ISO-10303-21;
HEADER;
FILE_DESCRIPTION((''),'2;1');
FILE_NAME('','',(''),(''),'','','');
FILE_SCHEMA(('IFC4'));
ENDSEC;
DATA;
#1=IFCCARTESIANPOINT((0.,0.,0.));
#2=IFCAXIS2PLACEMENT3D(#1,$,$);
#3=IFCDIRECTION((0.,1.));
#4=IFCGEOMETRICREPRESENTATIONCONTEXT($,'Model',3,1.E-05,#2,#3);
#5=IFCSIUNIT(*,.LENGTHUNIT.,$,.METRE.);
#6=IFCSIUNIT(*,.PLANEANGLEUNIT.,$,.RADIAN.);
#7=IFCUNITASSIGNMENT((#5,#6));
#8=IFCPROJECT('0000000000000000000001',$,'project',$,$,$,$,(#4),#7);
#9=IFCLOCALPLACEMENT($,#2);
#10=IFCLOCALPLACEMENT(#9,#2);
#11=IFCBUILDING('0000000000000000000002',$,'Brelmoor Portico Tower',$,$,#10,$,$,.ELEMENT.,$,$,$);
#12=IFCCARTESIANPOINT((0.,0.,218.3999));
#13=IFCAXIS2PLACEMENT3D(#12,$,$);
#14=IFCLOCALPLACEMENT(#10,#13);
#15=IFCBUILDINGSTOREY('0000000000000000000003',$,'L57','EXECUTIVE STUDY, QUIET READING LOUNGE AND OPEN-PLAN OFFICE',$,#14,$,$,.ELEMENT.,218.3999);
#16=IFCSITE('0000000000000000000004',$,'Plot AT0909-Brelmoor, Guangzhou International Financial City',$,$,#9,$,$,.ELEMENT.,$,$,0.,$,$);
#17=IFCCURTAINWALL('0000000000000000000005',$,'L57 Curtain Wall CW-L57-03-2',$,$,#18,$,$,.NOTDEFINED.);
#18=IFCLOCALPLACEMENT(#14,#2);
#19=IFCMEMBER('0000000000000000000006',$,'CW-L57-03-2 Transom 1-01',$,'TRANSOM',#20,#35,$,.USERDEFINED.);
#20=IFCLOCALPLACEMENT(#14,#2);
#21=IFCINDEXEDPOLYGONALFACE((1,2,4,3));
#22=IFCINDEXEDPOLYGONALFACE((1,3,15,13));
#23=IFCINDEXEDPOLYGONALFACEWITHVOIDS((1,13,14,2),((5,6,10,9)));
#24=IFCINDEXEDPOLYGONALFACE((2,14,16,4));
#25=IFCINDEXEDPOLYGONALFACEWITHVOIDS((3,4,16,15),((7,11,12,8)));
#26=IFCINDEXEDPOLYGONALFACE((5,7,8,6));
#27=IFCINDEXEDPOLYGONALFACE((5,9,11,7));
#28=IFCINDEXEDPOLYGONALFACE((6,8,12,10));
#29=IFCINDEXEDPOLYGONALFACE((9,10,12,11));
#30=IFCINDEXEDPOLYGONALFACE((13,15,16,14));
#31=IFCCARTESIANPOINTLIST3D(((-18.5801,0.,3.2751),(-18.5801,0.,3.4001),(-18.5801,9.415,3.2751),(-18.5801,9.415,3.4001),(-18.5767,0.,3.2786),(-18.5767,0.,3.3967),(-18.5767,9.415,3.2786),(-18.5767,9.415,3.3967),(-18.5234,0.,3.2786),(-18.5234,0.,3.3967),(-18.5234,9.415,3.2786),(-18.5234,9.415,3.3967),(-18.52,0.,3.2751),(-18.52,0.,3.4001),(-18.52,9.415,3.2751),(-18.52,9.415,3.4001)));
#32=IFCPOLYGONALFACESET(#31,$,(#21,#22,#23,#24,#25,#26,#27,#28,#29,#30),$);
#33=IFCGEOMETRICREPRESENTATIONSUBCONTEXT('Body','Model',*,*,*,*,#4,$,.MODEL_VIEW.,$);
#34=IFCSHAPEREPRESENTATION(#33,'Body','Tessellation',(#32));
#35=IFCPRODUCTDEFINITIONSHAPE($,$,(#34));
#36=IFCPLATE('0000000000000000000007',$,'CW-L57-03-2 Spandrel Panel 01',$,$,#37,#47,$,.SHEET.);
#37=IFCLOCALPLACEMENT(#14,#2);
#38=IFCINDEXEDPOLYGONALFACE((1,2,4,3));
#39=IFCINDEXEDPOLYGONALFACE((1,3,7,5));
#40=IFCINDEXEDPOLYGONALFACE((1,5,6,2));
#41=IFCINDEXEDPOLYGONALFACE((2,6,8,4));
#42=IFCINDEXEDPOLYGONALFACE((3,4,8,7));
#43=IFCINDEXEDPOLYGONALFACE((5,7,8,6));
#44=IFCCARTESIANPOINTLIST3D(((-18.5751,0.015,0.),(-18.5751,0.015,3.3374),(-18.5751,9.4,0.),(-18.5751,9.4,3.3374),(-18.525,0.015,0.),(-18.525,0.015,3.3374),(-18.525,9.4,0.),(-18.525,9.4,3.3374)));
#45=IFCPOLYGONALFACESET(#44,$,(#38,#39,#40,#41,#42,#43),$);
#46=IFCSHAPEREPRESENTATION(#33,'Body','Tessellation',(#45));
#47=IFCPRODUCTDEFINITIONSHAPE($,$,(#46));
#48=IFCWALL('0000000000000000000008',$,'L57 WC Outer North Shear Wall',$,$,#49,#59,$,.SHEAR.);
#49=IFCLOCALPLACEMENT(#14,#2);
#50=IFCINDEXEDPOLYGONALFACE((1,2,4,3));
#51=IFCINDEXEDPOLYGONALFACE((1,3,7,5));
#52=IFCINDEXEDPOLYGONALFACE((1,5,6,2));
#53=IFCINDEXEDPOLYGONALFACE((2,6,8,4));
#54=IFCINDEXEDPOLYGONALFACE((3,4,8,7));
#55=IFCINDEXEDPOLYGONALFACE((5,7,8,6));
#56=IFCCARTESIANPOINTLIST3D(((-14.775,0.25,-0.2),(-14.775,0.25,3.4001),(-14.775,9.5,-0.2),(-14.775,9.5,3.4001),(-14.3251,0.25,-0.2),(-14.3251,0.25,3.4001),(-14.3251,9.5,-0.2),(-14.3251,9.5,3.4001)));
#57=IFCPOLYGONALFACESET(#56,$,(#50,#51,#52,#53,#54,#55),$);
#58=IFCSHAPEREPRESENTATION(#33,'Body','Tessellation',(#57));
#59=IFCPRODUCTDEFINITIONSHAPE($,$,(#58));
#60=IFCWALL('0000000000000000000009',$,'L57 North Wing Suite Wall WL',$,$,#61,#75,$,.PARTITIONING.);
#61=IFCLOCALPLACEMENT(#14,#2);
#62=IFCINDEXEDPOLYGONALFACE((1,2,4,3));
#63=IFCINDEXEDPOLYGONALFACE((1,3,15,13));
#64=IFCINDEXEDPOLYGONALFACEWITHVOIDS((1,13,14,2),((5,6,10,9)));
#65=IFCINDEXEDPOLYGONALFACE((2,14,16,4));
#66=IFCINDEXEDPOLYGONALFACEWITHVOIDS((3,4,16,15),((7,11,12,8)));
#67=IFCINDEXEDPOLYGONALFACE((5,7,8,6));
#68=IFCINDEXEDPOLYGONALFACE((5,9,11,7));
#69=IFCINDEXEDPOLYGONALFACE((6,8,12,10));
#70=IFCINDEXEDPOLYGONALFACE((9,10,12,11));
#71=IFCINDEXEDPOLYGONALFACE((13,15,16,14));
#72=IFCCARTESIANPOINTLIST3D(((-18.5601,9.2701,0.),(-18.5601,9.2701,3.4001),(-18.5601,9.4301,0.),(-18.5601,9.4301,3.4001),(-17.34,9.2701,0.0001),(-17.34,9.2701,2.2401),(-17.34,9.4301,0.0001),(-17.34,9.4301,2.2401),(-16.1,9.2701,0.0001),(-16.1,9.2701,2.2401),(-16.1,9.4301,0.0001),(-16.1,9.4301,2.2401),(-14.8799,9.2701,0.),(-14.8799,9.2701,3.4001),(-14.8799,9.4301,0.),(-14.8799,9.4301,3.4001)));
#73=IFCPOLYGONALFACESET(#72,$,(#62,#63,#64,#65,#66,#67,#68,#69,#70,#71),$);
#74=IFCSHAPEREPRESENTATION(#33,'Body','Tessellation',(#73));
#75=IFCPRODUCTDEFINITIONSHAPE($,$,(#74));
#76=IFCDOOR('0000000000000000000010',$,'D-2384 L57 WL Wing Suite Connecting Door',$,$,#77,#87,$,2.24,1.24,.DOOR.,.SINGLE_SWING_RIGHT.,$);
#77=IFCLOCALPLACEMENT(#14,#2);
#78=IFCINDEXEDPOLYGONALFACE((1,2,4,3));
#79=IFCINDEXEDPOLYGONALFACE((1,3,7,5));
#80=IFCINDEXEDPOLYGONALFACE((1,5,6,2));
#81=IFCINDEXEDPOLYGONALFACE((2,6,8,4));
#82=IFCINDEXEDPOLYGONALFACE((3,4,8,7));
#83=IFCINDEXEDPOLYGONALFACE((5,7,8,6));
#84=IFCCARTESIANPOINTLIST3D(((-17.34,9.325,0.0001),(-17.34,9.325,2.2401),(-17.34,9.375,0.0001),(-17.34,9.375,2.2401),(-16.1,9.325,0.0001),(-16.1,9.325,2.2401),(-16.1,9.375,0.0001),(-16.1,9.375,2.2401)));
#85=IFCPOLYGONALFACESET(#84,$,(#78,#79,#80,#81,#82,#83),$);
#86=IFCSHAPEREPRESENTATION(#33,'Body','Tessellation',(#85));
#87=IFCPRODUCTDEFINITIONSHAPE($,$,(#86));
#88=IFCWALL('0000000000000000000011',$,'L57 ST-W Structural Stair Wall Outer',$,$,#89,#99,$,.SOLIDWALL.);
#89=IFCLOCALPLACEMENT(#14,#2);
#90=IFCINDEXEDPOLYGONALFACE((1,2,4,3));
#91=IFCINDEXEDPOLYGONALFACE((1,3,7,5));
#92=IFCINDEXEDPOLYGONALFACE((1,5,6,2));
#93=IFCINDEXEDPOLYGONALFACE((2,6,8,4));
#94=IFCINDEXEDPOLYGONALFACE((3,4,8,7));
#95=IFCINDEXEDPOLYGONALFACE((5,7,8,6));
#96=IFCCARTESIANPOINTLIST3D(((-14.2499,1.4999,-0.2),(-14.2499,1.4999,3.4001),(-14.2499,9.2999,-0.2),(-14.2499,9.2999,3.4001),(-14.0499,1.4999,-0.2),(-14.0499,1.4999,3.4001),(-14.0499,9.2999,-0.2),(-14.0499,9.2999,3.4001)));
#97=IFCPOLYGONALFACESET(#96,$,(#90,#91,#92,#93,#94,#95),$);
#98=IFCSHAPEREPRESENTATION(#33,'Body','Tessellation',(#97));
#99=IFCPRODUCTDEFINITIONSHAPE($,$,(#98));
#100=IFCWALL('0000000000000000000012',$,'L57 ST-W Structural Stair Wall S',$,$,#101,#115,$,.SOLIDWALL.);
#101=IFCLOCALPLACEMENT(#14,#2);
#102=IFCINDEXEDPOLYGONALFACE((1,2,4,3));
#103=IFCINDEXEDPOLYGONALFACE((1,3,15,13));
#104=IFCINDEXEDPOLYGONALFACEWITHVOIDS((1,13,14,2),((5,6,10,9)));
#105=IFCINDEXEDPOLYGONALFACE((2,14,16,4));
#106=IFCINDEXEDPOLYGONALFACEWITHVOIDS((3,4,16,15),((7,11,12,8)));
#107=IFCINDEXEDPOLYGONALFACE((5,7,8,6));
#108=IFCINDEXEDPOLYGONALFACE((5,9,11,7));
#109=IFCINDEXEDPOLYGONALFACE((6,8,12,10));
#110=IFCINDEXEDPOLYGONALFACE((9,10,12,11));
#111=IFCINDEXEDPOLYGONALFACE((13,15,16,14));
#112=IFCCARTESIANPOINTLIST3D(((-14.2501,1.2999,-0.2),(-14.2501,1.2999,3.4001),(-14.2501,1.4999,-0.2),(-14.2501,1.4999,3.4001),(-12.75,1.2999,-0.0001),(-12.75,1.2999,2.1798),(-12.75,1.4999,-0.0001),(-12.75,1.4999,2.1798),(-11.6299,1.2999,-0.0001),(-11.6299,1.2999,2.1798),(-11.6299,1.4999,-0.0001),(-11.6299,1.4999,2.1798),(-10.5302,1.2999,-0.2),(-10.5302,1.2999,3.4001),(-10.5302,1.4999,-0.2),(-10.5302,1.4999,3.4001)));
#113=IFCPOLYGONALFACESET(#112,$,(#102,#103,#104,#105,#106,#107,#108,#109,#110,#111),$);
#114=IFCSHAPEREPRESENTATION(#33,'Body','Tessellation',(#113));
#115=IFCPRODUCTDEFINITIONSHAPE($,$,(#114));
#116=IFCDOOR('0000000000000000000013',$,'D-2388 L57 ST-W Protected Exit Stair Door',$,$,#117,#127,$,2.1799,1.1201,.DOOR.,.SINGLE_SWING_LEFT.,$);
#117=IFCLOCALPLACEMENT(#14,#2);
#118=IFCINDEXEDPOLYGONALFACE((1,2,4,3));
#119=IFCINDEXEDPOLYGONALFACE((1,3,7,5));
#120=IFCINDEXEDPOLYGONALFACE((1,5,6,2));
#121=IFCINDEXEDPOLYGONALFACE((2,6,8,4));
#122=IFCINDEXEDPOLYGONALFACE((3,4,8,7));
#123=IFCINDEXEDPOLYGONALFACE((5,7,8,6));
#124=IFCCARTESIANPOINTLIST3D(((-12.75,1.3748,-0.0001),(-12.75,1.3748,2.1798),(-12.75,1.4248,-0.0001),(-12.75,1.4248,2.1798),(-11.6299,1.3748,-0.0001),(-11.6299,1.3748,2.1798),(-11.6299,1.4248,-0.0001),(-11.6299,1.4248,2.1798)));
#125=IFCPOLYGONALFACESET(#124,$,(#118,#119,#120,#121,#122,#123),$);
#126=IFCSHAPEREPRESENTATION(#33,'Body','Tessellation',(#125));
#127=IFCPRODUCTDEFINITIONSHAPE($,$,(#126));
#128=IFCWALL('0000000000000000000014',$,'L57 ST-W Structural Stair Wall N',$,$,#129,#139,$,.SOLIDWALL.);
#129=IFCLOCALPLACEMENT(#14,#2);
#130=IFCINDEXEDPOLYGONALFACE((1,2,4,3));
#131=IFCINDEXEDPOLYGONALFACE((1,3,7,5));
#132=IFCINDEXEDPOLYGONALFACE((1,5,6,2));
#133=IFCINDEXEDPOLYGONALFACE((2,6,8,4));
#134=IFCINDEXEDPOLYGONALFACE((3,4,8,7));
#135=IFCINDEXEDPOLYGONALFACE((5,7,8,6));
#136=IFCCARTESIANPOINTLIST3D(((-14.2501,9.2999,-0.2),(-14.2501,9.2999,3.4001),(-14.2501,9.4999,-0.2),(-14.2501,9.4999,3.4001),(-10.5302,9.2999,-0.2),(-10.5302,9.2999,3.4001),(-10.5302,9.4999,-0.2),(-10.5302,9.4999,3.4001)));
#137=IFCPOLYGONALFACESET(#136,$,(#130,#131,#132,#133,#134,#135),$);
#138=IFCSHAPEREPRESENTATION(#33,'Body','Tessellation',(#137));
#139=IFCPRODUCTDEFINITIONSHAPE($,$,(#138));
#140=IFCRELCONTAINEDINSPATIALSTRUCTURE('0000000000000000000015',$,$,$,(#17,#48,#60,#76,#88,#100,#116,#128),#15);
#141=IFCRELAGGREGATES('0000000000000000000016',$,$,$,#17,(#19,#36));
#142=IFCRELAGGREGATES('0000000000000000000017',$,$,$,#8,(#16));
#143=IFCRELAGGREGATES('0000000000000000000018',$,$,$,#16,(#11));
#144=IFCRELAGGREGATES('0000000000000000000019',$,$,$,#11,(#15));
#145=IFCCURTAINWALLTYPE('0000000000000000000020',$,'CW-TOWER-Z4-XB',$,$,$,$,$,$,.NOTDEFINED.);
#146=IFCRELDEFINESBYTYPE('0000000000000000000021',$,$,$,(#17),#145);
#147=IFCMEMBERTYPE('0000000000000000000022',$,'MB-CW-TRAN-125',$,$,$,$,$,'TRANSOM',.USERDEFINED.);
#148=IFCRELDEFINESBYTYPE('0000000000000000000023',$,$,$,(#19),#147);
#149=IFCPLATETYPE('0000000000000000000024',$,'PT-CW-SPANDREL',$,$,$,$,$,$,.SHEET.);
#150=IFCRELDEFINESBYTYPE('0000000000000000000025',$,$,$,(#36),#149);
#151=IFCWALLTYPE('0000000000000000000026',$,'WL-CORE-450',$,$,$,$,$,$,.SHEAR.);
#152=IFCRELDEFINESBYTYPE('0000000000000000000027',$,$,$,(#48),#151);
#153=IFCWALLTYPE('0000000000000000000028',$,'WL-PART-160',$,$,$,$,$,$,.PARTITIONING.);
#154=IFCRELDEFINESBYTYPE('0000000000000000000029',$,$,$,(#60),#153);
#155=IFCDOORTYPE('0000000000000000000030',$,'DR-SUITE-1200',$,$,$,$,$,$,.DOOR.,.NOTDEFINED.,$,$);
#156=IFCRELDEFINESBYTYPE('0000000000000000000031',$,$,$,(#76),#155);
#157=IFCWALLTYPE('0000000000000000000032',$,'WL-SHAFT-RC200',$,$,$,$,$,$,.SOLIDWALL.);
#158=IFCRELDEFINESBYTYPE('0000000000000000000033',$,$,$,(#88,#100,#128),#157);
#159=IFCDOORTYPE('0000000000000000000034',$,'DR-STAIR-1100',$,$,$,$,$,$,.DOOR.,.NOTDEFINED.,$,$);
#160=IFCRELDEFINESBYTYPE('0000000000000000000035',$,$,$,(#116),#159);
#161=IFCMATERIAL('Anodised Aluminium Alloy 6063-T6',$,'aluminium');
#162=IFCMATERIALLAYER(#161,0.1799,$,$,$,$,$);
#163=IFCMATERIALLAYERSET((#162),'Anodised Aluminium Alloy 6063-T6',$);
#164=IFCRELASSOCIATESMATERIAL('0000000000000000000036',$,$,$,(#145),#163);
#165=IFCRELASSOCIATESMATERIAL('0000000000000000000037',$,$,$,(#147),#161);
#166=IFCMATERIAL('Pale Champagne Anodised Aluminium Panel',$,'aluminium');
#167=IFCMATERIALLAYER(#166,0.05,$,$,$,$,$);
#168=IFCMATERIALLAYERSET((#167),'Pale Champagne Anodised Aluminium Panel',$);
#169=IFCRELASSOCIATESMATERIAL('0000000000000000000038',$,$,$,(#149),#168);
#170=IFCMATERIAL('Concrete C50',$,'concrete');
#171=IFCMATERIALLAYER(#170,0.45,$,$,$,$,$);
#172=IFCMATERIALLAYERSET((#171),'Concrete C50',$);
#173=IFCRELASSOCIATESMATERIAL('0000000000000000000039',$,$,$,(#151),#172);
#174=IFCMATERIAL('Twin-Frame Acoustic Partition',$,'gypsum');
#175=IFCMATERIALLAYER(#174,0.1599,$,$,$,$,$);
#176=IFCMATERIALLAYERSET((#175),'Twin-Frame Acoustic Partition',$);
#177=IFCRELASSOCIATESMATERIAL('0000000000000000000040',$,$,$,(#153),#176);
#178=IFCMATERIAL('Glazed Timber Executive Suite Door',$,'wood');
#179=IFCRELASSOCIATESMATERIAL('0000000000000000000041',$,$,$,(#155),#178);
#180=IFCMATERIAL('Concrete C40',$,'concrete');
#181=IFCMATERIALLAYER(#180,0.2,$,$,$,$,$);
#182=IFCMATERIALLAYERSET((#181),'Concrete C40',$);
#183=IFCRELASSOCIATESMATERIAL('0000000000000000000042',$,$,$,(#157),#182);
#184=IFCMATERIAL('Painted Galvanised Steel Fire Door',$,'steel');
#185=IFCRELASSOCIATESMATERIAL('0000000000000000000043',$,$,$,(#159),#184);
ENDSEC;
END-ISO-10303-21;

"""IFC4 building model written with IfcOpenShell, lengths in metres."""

from ifc_helpers import new_model, si_unit, direction, frame, frame_2d, origin, origin_2d, place, context, subcontext, project, spatial, rectangle, hollow_rectangle, extrude, material, layer, layer_set, material_profile, profile_set, type_object, element, fill, aggregate, save


model = new_model("IFC4")

# Units and contexts
model_context = context("Model", 3, precision=1e-05, world=origin(), true_north=direction((0.0, 1.0)))
body_context = subcontext(model_context, "Body", "Model", "MODEL_VIEW")
ifc_project = project(units=[si_unit("LENGTHUNIT", "METRE"), si_unit("PLANEANGLEUNIT", "RADIAN")], contexts=[model_context])

# Site, building, storey
site_placement = place(None, origin())
site = spatial("IfcSite", under=ifc_project, at=site_placement, Name="Plot AT0909-Brelmoor, Guangzhou International Financial City", CompositionType="ELEMENT", RefElevation=0.0)
building_placement = place(site_placement, origin())
building = spatial("IfcBuilding", under=site, at=building_placement, Name="Brelmoor Portico Tower", CompositionType="ELEMENT")
storey_placement = place(building_placement, frame((0.0, 0.0, 218.3999)))
storey = spatial("IfcBuildingStorey", under=building, at=storey_placement, Name="L57", Description="EXECUTIVE STUDY, QUIET READING LOUNGE AND OPEN-PLAN OFFICE", CompositionType="ELEMENT", Elevation=218.3999)

# Curtain wall, member, plate
ifc_material_1 = material(Name="Anodised Aluminium Alloy 6063-T6", Category="aluminium")
ifc_layer_1 = layer(ifc_material_1, 0.1799)
ifc_layer_set_1 = layer_set([ifc_layer_1], Name="Anodised Aluminium Alloy 6063-T6")
curtain_wall_type = type_object("IfcCurtainWallType", Name="CW-TOWER-Z4-XB", PredefinedType="NOTDEFINED", material=ifc_layer_set_1)
curtain_wall_placement = place(storey_placement, origin())
curtain_wall = element("IfcCurtainWall", 1, at=curtain_wall_placement, inside=storey, type_object=curtain_wall_type, Name="L57 Curtain Wall CW-L57-03-2", PredefinedType="NOTDEFINED")
ifc_material_profile_1 = material_profile(ifc_material_1, hollow_rectangle(XDim=0.0601, YDim=0.125, WallThickness=0.0034, at=origin_2d()), Name="ALU TRANSOM 60x125")
ifc_profile_set_1 = profile_set([ifc_material_profile_1], Name="Anodised Aluminium Alloy 6063-T6")
member_type_1 = type_object("IfcMemberType", Name="MB-CW-TRAN-125", ElementType="TRANSOM", PredefinedType="USERDEFINED", material=ifc_profile_set_1)
member_1_placement = place(storey_placement, frame((-18.55, 0.0, 3.3376), z_axis=(0.0, 1.0, 0.0), x_axis=(-1.0, 0.0, 0.0)))
member_1 = element("IfcMember", 2, at=member_1_placement, type_object=member_type_1, Name="CW-L57-03-2 Transom 1-01", ObjectType="TRANSOM", PredefinedType="USERDEFINED", context=body_context, shape_type="SweptSolid", body=[
    extrude(hollow_rectangle(XDim=0.0601, YDim=0.125, WallThickness=0.0034, at=origin_2d()), origin(), (0.0, 0.0, 1.0), 9.415),
])
ifc_material_2 = material(Name="Pale Champagne Anodised Aluminium Panel", Category="aluminium")
ifc_layer_2 = layer(ifc_material_2, 0.05)
ifc_layer_set_2 = layer_set([ifc_layer_2], Name="Pale Champagne Anodised Aluminium Panel")
plate_type = type_object("IfcPlateType", Name="PT-CW-SPANDREL", PredefinedType="SHEET", material=ifc_layer_set_2)
plate_placement = place(storey_placement, frame((-18.55, 4.7075, 0.0), z_axis=(0.0, 0.0, 1.0), x_axis=(0.0, 1.0, 0.0)))
plate = element("IfcPlate", 3, at=plate_placement, type_object=plate_type, Name="CW-L57-03-2 Spandrel Panel 01", PredefinedType="SHEET", context=body_context, shape_type="SweptSolid", body=[
    extrude(rectangle(XDim=9.385, YDim=0.05, at=origin_2d()), origin(), (0.0, 0.0, 1.0), 3.3374),
])
aggregate(curtain_wall, [member_1, plate])

# Wall
ifc_material_3 = material(Name="Concrete C50", Category="concrete")
ifc_layer_3 = layer(ifc_material_3, 0.45)
ifc_layer_set_3 = layer_set([ifc_layer_3], Name="Concrete C50")
wall_type_1 = type_object("IfcWallType", Name="WL-CORE-450", PredefinedType="SHEAR", material=ifc_layer_set_3)
wall_1_placement = place(storey_placement, frame((-14.55, 0.25, -0.2), z_axis=(0.0, 0.0, 1.0), x_axis=(0.0, 1.0, 0.0)))
element("IfcWall", 4, at=wall_1_placement, inside=storey, type_object=wall_type_1, Name="L57 WC Outer North Shear Wall", PredefinedType="SHEAR", context=body_context, shape_type="SweptSolid", body=[
    extrude(rectangle(XDim=9.25, YDim=0.45, at=frame_2d((4.625, 0.0))), origin(), (0.0, 0.0, 1.0), 3.6001),
])

# Wall, opening, door
ifc_material_4 = material(Name="Twin-Frame Acoustic Partition", Category="gypsum")
ifc_layer_4 = layer(ifc_material_4, 0.1599)
ifc_layer_set_4 = layer_set([ifc_layer_4], Name="Twin-Frame Acoustic Partition")
wall_type_2 = type_object("IfcWallType", Name="WL-PART-160", PredefinedType="PARTITIONING", material=ifc_layer_set_4)
wall_2_placement = place(storey_placement, frame((-18.5601, 9.3501, 0.0), z_axis=(0.0, 0.0, 1.0), x_axis=(1.0, 0.0, 0.0)))
wall_2 = element("IfcWall", 5, at=wall_2_placement, inside=storey, type_object=wall_type_2, Name="L57 North Wing Suite Wall WL", PredefinedType="PARTITIONING", context=body_context, shape_type="SweptSolid", body=[
    extrude(rectangle(XDim=3.6802, YDim=0.1599, at=frame_2d((1.8401, 0.0))), origin(), (0.0, 0.0, 1.0), 3.4001),
])
opening_1_placement = place(wall_2_placement, frame((1.22, 0.0, 0.0)))
opening_1 = element("IfcOpeningElement", 6, at=opening_1_placement, cuts=wall_2, PredefinedType="OPENING", context=body_context, shape_type="SweptSolid", body=[
    extrude(rectangle(XDim=1.24, YDim=2.24, at=frame_2d((0.6201, 1.1201))), frame((0.0, 0.0898, 0.0), z_axis=(0.0, -1.0, 0.0), x_axis=(1.0, 0.0, 0.0)), (0.0, 0.0, 1.0), 0.1799),
])
ifc_material_5 = material(Name="Glazed Timber Executive Suite Door", Category="wood")
door_type_1 = type_object("IfcDoorType", Name="DR-SUITE-1200", OperationType="NOTDEFINED", PredefinedType="DOOR", material=ifc_material_5)
door_1_placement = place(opening_1_placement, origin())
door_1 = element("IfcDoor", 7, at=door_1_placement, inside=storey, type_object=door_type_1, Name="D-2384 L57 WL Wing Suite Connecting Door", OperationType="SINGLE_SWING_RIGHT", OverallHeight=2.24, OverallWidth=1.24, PredefinedType="DOOR", context=body_context, shape_type="SweptSolid", body=[
    extrude(rectangle(XDim=1.24, YDim=2.24, at=frame_2d((0.6201, 1.1201))), frame((0.0, 0.0249, 0.0), z_axis=(0.0, -1.0, 0.0), x_axis=(1.0, 0.0, 0.0)), (0.0, 0.0, 1.0), 0.05),
])
fill(opening_1, door_1)

# Wall
ifc_material_6 = material(Name="Concrete C40", Category="concrete")
ifc_layer_5 = layer(ifc_material_6, 0.2)
ifc_layer_set_5 = layer_set([ifc_layer_5], Name="Concrete C40")
wall_type_3 = type_object("IfcWallType", Name="WL-SHAFT-RC200", PredefinedType="SOLIDWALL", material=ifc_layer_set_5)
wall_3_placement = place(storey_placement, frame((-14.1499, 1.5, -0.2), z_axis=(0.0, 0.0, 1.0), x_axis=(0.0, 1.0, 0.0)))
element("IfcWall", 8, at=wall_3_placement, inside=storey, type_object=wall_type_3, Name="L57 ST-W Structural Stair Wall Outer", PredefinedType="SOLIDWALL", context=body_context, shape_type="SweptSolid", body=[
    extrude(rectangle(XDim=7.8, YDim=0.2, at=frame_2d((3.8999, 0.0))), origin(), (0.0, 0.0, 1.0), 3.6001),
])

# Wall, opening, door
wall_4_placement = place(storey_placement, frame((-14.25, 1.3999, -0.2), z_axis=(0.0, 0.0, 1.0), x_axis=(1.0, 0.0, 0.0)))
wall_4 = element("IfcWall", 9, at=wall_4_placement, inside=storey, type_object=wall_type_3, Name="L57 ST-W Structural Stair Wall S", PredefinedType="SOLIDWALL", context=body_context, shape_type="SweptSolid", body=[
    extrude(rectangle(XDim=3.72, YDim=0.2, at=frame_2d((1.8599, 0.0))), origin(), (0.0, 0.0, 1.0), 3.6001),
])
opening_2_placement = place(wall_4_placement, frame((1.5, 0.0, 0.2)))
opening_2 = element("IfcOpeningElement", 10, at=opening_2_placement, cuts=wall_4, PredefinedType="OPENING", context=body_context, shape_type="SweptSolid", body=[
    extrude(rectangle(XDim=1.1201, YDim=2.1799, at=frame_2d((0.5601, 1.0898))), frame((0.0, 0.1099, 0.0), z_axis=(0.0, -1.0, 0.0), x_axis=(1.0, 0.0, 0.0)), (0.0, 0.0, 1.0), 0.22),
])
ifc_material_7 = material(Name="Painted Galvanised Steel Fire Door", Category="steel")
door_type_2 = type_object("IfcDoorType", Name="DR-STAIR-1100", OperationType="NOTDEFINED", PredefinedType="DOOR", material=ifc_material_7)
door_2_placement = place(opening_2_placement, origin())
door_2 = element("IfcDoor", 11, at=door_2_placement, inside=storey, type_object=door_type_2, Name="D-2388 L57 ST-W Protected Exit Stair Door", OperationType="SINGLE_SWING_LEFT", OverallHeight=2.1799, OverallWidth=1.1201, PredefinedType="DOOR", context=body_context, shape_type="SweptSolid", body=[
    extrude(rectangle(XDim=1.1201, YDim=2.1799, at=frame_2d((0.5601, 1.0898))), frame((0.0, 0.0249, 0.0), z_axis=(0.0, -1.0, 0.0), x_axis=(1.0, 0.0, 0.0)), (0.0, 0.0, 1.0), 0.05),
])
fill(opening_2, door_2)

# Wall
wall_5_placement = place(storey_placement, frame((-14.25, 9.3999, -0.2), z_axis=(0.0, 0.0, 1.0), x_axis=(1.0, 0.0, 0.0)))
element("IfcWall", 12, at=wall_5_placement, inside=storey, type_object=wall_type_3, Name="L57 ST-W Structural Stair Wall N", PredefinedType="SOLIDWALL", context=body_context, shape_type="SweptSolid", body=[
    extrude(rectangle(XDim=3.72, YDim=0.2, at=frame_2d((1.8599, 0.0))), origin(), (0.0, 0.0, 1.0), 3.6001),
])

save(model, "model.ifc")
